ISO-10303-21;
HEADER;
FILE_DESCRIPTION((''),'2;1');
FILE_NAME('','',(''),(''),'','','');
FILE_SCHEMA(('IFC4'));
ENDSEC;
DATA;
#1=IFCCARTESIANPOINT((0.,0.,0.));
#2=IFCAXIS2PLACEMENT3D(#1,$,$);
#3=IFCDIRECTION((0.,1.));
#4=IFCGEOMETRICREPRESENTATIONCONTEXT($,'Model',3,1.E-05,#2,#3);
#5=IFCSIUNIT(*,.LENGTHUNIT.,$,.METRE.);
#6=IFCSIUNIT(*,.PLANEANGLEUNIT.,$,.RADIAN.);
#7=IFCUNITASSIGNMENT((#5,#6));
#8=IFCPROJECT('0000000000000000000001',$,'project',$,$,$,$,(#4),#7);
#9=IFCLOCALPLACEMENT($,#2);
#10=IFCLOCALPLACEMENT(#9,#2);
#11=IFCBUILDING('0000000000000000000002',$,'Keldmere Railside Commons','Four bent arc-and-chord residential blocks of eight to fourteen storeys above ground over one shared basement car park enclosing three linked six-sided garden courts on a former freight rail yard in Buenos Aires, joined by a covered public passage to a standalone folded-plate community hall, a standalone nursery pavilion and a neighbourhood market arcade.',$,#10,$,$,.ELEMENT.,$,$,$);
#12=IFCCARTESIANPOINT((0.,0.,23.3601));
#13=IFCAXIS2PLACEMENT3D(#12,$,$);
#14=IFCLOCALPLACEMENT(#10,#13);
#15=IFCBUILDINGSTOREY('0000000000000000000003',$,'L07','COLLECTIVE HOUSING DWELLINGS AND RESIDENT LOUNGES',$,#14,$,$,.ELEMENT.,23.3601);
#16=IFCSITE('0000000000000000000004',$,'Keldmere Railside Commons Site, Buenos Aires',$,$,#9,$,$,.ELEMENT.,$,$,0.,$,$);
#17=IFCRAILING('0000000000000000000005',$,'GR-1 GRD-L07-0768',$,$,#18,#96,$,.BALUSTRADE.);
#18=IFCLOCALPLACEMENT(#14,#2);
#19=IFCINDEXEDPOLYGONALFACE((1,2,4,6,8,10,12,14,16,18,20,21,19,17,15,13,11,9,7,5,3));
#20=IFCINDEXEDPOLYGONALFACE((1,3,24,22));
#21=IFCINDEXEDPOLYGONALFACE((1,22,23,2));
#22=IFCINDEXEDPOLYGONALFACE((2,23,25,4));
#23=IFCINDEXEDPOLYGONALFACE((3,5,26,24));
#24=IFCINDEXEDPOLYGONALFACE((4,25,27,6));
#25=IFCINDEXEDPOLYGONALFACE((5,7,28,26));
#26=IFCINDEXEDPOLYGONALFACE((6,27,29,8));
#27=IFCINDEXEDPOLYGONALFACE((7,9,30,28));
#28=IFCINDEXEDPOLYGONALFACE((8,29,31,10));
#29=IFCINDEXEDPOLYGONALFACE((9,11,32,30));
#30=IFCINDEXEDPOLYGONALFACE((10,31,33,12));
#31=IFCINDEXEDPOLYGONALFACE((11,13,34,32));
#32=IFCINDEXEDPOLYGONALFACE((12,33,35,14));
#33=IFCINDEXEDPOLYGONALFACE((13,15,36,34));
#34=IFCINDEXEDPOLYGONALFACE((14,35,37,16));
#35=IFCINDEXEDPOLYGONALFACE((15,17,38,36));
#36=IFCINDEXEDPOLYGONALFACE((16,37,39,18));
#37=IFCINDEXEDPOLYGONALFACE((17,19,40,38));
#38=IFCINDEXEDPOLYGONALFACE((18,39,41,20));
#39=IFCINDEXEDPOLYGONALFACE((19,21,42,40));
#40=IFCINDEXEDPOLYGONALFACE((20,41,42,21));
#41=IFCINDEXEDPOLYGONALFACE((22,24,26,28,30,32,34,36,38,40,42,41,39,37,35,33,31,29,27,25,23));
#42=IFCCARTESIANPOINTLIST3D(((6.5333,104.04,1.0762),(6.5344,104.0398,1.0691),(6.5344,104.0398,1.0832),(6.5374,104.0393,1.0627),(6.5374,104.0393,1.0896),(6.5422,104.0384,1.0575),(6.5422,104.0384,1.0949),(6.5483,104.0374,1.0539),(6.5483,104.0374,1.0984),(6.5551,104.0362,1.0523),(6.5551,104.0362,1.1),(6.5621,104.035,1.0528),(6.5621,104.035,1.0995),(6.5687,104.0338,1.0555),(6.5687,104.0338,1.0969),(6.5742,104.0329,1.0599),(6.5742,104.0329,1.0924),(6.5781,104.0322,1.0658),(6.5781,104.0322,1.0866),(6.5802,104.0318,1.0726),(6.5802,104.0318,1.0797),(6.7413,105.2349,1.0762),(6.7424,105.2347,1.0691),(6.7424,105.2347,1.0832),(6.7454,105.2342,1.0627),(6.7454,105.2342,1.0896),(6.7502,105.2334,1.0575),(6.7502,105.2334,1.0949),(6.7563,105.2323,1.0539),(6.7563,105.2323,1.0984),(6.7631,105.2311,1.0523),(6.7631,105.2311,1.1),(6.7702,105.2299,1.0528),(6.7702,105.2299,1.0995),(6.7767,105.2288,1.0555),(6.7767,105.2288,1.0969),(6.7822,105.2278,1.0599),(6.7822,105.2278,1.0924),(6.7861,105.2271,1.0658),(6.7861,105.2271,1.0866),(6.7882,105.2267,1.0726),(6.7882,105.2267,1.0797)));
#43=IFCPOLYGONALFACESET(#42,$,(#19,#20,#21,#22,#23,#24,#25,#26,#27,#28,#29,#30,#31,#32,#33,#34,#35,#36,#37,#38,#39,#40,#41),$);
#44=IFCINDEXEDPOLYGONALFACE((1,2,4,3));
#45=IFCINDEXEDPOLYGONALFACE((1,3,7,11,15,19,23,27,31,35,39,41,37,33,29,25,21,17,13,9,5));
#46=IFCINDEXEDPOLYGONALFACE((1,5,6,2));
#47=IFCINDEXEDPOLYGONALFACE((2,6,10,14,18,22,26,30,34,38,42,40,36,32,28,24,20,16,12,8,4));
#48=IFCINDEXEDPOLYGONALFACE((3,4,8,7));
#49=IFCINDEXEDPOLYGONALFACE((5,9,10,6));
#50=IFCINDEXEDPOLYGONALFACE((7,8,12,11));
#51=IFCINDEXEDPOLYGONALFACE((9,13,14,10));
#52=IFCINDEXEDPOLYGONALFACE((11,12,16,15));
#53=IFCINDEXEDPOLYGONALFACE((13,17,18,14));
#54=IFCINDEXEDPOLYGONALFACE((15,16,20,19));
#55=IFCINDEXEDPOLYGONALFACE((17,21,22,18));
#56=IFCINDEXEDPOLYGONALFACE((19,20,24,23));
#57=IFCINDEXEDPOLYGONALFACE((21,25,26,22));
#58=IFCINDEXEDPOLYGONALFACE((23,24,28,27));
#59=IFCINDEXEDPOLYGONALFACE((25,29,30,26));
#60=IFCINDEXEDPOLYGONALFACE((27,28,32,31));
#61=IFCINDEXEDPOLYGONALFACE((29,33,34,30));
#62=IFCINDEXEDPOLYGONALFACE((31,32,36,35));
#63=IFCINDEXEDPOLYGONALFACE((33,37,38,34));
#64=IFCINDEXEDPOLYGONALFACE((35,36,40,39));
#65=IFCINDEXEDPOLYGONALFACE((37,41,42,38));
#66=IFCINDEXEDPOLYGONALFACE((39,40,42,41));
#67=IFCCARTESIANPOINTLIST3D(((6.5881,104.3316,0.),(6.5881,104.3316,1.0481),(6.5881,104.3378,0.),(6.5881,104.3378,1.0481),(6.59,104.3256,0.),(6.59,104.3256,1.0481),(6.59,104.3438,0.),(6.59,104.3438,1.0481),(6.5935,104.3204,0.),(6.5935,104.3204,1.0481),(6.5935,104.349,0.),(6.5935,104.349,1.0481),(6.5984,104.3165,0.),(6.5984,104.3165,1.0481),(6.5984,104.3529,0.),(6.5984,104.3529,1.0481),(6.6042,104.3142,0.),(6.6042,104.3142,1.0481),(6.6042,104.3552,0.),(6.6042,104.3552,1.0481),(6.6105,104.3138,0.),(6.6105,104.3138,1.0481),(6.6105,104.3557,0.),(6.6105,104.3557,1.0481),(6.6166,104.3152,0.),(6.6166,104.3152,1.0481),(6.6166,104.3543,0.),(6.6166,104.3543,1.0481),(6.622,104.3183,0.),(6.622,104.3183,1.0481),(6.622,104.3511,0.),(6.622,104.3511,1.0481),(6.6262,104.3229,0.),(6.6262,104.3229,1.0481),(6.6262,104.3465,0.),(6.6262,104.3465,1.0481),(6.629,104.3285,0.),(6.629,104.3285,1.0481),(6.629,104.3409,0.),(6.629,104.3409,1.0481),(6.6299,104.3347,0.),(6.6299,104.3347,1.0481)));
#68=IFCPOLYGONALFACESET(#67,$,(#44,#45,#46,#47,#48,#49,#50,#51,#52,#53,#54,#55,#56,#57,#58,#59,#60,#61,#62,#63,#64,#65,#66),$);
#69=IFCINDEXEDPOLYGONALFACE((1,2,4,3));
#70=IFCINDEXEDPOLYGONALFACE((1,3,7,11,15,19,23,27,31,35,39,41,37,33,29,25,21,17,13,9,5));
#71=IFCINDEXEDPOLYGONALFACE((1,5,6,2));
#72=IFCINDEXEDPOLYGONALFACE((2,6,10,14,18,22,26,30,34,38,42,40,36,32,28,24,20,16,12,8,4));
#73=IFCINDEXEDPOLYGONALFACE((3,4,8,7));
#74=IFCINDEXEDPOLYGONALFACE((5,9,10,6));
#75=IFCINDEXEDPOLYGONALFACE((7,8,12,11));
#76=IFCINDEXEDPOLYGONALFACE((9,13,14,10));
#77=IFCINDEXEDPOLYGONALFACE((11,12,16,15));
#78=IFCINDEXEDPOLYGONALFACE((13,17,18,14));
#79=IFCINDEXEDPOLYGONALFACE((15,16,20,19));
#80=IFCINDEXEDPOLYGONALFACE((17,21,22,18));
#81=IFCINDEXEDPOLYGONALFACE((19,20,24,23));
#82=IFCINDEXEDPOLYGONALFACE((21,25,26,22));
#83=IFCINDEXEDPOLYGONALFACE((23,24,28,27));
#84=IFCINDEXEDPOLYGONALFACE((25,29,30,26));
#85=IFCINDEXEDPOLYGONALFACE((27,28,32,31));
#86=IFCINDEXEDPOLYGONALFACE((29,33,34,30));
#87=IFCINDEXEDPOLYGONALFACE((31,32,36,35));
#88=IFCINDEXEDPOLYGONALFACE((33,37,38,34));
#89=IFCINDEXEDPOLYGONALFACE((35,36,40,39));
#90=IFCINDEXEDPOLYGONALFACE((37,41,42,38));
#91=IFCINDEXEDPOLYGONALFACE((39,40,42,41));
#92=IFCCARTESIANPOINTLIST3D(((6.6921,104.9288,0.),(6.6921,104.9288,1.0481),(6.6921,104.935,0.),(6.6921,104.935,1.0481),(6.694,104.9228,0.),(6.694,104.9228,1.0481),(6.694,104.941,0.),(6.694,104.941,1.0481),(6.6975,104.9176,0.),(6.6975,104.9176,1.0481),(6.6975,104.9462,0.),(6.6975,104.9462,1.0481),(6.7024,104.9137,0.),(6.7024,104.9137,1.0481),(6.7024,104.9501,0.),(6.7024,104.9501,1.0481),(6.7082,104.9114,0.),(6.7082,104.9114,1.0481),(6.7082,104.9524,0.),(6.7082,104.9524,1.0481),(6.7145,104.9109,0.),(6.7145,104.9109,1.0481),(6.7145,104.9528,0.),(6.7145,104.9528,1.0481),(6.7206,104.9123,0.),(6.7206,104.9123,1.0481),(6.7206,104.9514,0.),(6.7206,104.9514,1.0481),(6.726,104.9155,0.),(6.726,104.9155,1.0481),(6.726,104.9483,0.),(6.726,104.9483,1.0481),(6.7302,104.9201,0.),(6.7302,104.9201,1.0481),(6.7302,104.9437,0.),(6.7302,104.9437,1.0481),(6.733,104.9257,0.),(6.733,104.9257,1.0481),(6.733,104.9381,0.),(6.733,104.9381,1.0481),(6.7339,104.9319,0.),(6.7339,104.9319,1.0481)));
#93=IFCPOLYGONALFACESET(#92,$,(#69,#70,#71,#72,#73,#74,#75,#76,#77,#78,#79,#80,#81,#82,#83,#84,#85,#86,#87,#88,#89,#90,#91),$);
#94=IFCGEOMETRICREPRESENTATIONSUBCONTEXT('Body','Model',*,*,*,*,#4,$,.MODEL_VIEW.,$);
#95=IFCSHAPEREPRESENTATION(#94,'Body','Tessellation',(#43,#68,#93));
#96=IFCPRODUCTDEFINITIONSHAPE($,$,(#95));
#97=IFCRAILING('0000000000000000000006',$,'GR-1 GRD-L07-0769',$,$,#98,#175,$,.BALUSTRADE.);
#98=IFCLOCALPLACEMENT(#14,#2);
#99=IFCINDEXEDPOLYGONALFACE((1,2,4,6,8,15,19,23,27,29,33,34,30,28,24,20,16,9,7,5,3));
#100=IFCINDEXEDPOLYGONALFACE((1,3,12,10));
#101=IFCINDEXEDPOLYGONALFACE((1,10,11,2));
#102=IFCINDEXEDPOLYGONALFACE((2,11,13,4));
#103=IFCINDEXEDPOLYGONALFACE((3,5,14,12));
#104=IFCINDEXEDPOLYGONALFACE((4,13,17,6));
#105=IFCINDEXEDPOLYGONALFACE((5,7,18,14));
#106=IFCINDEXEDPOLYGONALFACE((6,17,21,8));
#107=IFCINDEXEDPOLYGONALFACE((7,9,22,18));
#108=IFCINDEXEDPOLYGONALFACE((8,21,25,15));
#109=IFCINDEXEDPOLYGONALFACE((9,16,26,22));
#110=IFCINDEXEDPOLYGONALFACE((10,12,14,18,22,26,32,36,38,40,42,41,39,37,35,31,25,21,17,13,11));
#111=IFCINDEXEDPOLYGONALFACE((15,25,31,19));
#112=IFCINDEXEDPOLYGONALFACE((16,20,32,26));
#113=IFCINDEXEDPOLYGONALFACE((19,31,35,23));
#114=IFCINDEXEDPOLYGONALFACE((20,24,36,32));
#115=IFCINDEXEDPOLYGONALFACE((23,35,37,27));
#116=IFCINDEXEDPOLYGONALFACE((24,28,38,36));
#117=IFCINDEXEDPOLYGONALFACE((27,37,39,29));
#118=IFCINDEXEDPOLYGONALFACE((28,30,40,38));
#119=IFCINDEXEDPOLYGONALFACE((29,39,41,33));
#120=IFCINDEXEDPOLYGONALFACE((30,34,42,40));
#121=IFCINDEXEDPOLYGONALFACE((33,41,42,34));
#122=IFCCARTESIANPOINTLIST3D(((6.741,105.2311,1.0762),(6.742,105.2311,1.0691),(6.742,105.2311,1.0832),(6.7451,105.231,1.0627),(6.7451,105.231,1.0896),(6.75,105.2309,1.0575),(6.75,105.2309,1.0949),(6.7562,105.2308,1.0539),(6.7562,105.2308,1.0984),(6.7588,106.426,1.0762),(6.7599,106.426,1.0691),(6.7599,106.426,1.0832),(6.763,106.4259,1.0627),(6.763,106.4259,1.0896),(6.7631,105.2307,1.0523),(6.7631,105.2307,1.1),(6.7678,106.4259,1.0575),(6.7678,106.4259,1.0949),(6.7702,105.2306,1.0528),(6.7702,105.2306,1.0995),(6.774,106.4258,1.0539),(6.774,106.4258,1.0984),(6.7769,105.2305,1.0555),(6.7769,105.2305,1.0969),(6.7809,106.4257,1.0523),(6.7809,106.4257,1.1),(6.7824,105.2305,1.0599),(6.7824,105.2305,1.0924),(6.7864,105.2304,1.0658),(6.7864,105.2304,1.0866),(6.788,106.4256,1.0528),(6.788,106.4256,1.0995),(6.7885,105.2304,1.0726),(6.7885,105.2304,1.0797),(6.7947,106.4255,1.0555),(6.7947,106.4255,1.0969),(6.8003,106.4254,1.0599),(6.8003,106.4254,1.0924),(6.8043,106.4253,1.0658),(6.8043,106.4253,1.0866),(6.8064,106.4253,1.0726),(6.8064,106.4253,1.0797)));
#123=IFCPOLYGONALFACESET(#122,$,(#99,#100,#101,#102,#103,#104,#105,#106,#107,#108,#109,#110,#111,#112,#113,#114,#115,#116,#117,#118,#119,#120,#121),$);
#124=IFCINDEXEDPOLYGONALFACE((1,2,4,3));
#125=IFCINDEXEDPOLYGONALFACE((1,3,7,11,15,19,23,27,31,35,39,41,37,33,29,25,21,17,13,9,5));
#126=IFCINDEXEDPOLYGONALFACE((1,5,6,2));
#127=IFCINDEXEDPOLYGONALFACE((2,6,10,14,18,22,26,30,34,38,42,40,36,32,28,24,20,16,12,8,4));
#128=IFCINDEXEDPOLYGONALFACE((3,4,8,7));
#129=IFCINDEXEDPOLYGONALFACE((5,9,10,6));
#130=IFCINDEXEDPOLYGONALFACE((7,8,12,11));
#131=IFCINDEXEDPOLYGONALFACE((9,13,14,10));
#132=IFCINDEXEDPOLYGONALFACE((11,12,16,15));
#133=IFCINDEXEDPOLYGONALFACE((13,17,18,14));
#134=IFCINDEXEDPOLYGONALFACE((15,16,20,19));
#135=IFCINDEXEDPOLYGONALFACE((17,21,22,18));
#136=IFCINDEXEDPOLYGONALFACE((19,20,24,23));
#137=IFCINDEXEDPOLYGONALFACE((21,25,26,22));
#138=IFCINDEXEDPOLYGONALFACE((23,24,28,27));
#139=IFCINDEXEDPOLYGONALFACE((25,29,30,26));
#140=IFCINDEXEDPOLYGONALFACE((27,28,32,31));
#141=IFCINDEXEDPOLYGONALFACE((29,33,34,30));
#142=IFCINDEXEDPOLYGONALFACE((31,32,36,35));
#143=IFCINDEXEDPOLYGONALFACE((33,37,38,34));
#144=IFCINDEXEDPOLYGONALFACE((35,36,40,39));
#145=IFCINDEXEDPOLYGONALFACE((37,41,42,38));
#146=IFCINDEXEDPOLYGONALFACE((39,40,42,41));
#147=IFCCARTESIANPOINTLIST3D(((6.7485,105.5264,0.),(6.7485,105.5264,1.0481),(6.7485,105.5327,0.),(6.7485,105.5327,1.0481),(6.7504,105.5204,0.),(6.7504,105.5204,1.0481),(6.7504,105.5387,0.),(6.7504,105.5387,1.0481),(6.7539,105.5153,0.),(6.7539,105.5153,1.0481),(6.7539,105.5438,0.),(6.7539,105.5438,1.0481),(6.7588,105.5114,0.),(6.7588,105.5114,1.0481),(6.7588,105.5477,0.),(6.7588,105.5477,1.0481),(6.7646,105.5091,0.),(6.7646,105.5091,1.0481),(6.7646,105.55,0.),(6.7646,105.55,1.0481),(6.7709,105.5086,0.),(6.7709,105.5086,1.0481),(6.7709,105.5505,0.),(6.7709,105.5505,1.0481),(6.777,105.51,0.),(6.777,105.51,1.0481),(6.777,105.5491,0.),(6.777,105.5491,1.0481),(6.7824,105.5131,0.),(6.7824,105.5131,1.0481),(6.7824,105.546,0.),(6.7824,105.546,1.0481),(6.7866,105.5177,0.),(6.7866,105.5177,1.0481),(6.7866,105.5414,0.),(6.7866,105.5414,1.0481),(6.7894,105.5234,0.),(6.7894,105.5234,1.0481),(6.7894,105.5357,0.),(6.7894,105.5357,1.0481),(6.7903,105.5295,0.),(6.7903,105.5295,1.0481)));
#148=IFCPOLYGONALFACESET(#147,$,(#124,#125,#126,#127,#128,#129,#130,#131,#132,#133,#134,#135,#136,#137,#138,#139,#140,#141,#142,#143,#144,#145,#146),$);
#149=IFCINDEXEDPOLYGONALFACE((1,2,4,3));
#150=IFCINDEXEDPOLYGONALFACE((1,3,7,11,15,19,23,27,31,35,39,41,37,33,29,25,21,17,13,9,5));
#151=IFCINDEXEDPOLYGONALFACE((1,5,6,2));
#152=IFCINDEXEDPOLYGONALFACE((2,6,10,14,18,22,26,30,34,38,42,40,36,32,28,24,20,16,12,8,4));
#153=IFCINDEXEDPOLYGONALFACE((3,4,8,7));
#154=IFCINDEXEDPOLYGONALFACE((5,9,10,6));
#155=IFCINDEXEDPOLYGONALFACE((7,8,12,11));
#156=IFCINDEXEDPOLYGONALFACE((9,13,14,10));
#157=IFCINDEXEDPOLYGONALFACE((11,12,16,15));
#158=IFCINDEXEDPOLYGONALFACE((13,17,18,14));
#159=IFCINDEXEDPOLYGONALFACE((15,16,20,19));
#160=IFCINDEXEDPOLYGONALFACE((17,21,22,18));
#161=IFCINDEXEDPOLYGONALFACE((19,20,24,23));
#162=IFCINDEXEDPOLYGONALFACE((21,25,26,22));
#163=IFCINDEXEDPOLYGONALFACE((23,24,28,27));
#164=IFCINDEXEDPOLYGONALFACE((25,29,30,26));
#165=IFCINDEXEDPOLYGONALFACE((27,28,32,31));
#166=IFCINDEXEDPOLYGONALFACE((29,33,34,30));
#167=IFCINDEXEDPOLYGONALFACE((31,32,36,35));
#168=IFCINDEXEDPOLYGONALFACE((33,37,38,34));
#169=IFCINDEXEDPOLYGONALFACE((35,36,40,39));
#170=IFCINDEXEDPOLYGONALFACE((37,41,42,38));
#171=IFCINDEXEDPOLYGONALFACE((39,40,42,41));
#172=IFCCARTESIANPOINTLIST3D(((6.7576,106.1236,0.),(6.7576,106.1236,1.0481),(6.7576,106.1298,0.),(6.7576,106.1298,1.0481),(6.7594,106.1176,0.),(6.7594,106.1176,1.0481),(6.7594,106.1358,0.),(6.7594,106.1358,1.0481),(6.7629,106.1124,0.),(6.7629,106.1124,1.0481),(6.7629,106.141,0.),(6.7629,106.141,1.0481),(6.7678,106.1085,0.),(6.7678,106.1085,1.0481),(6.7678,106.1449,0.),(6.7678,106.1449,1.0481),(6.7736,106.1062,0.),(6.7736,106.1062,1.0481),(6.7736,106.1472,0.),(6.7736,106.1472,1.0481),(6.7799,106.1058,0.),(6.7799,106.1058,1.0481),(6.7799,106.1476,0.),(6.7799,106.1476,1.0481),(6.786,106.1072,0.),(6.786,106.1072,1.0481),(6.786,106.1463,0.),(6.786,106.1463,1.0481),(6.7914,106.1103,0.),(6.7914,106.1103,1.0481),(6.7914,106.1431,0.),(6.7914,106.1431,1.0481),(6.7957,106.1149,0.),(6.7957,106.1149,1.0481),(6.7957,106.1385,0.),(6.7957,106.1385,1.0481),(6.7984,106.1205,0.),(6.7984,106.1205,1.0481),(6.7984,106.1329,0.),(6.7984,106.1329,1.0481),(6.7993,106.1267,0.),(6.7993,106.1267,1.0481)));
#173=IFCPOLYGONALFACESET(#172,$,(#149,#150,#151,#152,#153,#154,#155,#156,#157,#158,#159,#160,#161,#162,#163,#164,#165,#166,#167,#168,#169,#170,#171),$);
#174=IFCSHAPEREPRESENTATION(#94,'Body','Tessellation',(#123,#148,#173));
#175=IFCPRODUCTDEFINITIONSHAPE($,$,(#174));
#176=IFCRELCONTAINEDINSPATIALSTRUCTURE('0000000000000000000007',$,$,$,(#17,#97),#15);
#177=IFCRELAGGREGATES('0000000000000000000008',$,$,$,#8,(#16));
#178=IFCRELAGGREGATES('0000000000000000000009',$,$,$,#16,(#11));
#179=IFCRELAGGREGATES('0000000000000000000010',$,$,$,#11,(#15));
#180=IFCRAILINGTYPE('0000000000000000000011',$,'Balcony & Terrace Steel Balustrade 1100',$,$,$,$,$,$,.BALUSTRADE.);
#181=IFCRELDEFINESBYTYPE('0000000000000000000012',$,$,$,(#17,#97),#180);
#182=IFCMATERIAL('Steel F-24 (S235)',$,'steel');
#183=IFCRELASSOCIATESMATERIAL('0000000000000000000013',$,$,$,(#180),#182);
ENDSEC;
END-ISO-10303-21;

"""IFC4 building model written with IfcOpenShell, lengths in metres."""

from ifc_helpers import new_model, si_unit, direction, frame, origin, origin_2d, place, context, subcontext, project, spatial, circle, extrude, material, type_object, element, save


model = new_model("IFC4")

# Units and contexts
model_context = context("Model", 3, precision=1e-05, world=origin(), true_north=direction((0.0, 1.0)))
body_context = subcontext(model_context, "Body", "Model", "MODEL_VIEW")
ifc_project = project(units=[si_unit("LENGTHUNIT", "METRE"), si_unit("PLANEANGLEUNIT", "RADIAN")], contexts=[model_context])

# Site, building, storey
site_placement = place(None, origin())
site = spatial("IfcSite", under=ifc_project, at=site_placement, Name="Keldmere Railside Commons Site, Buenos Aires", CompositionType="ELEMENT", RefElevation=0.0)
building_placement = place(site_placement, origin())
building = spatial("IfcBuilding", under=site, at=building_placement, Name="Keldmere Railside Commons", Description="Four bent arc-and-chord residential blocks of eight to fourteen storeys above ground over one shared basement car park enclosing three linked six-sided garden courts on a former freight rail yard in Buenos Aires, joined by a covered public passage to a standalone folded-plate community hall, a standalone nursery pavilion and a neighbourhood market arcade.", CompositionType="ELEMENT")
storey_placement = place(building_placement, frame((0.0, 0.0, 23.3601)))
storey = spatial("IfcBuildingStorey", under=building, at=storey_placement, Name="L07", Description="COLLECTIVE HOUSING DWELLINGS AND RESIDENT LOUNGES", CompositionType="ELEMENT", Elevation=23.3601)

# Railings
ifc_material_1 = material(Name="Steel F-24 (S235)", Category="steel")
railing_type = type_object("IfcRailingType", Name="Balcony & Terrace Steel Balustrade 1100", PredefinedType="BALUSTRADE", material=ifc_material_1)
railing_1_placement = place(storey_placement, frame((6.5569, 104.0359, 0.0)))
element("IfcRailing", 1, at=railing_1_placement, inside=storey, type_object=railing_type, Name="GR-1 GRD-L07-0768", PredefinedType="BALUSTRADE", context=body_context, shape_type="SweptSolid", body=[
    extrude(circle(Radius=0.0239, at=origin_2d()), frame((0.0, 0.0, 1.0762), z_axis=(0.171511, 0.985182, 0.0), x_axis=(-0.985182, 0.171511, 0.0)), (0.0, 0.0, 1.0), 1.2129),
    extrude(circle(Radius=0.021, at=origin_2d()), frame((0.052, 0.2988, 0.0)), (0.0, 0.0, 1.0), 1.0481),
    extrude(circle(Radius=0.021, at=origin_2d()), frame((0.156, 0.896, 0.0)), (0.0, 0.0, 1.0), 1.0481),
])
railing_2_placement = place(storey_placement, frame((6.7649, 105.2307, 0.0)))
element("IfcRailing", 2, at=railing_2_placement, inside=storey, type_object=railing_type, Name="GR-1 GRD-L07-0769", PredefinedType="BALUSTRADE", context=body_context, shape_type="SweptSolid", body=[
    extrude(circle(Radius=0.0239, at=origin_2d()), frame((0.0, 0.0, 1.0762), z_axis=(0.014915, 0.999889, 0.0), x_axis=(-0.999889, 0.014915, 0.0)), (0.0, 0.0, 1.0), 1.1951),
    extrude(circle(Radius=0.021, at=origin_2d()), frame((0.0044, 0.2988, 0.0)), (0.0, 0.0, 1.0), 1.0481),
    extrude(circle(Radius=0.021, at=origin_2d()), frame((0.0134, 0.896, 0.0)), (0.0, 0.0, 1.0), 1.0481),
])

save(model, "model.ifc")
